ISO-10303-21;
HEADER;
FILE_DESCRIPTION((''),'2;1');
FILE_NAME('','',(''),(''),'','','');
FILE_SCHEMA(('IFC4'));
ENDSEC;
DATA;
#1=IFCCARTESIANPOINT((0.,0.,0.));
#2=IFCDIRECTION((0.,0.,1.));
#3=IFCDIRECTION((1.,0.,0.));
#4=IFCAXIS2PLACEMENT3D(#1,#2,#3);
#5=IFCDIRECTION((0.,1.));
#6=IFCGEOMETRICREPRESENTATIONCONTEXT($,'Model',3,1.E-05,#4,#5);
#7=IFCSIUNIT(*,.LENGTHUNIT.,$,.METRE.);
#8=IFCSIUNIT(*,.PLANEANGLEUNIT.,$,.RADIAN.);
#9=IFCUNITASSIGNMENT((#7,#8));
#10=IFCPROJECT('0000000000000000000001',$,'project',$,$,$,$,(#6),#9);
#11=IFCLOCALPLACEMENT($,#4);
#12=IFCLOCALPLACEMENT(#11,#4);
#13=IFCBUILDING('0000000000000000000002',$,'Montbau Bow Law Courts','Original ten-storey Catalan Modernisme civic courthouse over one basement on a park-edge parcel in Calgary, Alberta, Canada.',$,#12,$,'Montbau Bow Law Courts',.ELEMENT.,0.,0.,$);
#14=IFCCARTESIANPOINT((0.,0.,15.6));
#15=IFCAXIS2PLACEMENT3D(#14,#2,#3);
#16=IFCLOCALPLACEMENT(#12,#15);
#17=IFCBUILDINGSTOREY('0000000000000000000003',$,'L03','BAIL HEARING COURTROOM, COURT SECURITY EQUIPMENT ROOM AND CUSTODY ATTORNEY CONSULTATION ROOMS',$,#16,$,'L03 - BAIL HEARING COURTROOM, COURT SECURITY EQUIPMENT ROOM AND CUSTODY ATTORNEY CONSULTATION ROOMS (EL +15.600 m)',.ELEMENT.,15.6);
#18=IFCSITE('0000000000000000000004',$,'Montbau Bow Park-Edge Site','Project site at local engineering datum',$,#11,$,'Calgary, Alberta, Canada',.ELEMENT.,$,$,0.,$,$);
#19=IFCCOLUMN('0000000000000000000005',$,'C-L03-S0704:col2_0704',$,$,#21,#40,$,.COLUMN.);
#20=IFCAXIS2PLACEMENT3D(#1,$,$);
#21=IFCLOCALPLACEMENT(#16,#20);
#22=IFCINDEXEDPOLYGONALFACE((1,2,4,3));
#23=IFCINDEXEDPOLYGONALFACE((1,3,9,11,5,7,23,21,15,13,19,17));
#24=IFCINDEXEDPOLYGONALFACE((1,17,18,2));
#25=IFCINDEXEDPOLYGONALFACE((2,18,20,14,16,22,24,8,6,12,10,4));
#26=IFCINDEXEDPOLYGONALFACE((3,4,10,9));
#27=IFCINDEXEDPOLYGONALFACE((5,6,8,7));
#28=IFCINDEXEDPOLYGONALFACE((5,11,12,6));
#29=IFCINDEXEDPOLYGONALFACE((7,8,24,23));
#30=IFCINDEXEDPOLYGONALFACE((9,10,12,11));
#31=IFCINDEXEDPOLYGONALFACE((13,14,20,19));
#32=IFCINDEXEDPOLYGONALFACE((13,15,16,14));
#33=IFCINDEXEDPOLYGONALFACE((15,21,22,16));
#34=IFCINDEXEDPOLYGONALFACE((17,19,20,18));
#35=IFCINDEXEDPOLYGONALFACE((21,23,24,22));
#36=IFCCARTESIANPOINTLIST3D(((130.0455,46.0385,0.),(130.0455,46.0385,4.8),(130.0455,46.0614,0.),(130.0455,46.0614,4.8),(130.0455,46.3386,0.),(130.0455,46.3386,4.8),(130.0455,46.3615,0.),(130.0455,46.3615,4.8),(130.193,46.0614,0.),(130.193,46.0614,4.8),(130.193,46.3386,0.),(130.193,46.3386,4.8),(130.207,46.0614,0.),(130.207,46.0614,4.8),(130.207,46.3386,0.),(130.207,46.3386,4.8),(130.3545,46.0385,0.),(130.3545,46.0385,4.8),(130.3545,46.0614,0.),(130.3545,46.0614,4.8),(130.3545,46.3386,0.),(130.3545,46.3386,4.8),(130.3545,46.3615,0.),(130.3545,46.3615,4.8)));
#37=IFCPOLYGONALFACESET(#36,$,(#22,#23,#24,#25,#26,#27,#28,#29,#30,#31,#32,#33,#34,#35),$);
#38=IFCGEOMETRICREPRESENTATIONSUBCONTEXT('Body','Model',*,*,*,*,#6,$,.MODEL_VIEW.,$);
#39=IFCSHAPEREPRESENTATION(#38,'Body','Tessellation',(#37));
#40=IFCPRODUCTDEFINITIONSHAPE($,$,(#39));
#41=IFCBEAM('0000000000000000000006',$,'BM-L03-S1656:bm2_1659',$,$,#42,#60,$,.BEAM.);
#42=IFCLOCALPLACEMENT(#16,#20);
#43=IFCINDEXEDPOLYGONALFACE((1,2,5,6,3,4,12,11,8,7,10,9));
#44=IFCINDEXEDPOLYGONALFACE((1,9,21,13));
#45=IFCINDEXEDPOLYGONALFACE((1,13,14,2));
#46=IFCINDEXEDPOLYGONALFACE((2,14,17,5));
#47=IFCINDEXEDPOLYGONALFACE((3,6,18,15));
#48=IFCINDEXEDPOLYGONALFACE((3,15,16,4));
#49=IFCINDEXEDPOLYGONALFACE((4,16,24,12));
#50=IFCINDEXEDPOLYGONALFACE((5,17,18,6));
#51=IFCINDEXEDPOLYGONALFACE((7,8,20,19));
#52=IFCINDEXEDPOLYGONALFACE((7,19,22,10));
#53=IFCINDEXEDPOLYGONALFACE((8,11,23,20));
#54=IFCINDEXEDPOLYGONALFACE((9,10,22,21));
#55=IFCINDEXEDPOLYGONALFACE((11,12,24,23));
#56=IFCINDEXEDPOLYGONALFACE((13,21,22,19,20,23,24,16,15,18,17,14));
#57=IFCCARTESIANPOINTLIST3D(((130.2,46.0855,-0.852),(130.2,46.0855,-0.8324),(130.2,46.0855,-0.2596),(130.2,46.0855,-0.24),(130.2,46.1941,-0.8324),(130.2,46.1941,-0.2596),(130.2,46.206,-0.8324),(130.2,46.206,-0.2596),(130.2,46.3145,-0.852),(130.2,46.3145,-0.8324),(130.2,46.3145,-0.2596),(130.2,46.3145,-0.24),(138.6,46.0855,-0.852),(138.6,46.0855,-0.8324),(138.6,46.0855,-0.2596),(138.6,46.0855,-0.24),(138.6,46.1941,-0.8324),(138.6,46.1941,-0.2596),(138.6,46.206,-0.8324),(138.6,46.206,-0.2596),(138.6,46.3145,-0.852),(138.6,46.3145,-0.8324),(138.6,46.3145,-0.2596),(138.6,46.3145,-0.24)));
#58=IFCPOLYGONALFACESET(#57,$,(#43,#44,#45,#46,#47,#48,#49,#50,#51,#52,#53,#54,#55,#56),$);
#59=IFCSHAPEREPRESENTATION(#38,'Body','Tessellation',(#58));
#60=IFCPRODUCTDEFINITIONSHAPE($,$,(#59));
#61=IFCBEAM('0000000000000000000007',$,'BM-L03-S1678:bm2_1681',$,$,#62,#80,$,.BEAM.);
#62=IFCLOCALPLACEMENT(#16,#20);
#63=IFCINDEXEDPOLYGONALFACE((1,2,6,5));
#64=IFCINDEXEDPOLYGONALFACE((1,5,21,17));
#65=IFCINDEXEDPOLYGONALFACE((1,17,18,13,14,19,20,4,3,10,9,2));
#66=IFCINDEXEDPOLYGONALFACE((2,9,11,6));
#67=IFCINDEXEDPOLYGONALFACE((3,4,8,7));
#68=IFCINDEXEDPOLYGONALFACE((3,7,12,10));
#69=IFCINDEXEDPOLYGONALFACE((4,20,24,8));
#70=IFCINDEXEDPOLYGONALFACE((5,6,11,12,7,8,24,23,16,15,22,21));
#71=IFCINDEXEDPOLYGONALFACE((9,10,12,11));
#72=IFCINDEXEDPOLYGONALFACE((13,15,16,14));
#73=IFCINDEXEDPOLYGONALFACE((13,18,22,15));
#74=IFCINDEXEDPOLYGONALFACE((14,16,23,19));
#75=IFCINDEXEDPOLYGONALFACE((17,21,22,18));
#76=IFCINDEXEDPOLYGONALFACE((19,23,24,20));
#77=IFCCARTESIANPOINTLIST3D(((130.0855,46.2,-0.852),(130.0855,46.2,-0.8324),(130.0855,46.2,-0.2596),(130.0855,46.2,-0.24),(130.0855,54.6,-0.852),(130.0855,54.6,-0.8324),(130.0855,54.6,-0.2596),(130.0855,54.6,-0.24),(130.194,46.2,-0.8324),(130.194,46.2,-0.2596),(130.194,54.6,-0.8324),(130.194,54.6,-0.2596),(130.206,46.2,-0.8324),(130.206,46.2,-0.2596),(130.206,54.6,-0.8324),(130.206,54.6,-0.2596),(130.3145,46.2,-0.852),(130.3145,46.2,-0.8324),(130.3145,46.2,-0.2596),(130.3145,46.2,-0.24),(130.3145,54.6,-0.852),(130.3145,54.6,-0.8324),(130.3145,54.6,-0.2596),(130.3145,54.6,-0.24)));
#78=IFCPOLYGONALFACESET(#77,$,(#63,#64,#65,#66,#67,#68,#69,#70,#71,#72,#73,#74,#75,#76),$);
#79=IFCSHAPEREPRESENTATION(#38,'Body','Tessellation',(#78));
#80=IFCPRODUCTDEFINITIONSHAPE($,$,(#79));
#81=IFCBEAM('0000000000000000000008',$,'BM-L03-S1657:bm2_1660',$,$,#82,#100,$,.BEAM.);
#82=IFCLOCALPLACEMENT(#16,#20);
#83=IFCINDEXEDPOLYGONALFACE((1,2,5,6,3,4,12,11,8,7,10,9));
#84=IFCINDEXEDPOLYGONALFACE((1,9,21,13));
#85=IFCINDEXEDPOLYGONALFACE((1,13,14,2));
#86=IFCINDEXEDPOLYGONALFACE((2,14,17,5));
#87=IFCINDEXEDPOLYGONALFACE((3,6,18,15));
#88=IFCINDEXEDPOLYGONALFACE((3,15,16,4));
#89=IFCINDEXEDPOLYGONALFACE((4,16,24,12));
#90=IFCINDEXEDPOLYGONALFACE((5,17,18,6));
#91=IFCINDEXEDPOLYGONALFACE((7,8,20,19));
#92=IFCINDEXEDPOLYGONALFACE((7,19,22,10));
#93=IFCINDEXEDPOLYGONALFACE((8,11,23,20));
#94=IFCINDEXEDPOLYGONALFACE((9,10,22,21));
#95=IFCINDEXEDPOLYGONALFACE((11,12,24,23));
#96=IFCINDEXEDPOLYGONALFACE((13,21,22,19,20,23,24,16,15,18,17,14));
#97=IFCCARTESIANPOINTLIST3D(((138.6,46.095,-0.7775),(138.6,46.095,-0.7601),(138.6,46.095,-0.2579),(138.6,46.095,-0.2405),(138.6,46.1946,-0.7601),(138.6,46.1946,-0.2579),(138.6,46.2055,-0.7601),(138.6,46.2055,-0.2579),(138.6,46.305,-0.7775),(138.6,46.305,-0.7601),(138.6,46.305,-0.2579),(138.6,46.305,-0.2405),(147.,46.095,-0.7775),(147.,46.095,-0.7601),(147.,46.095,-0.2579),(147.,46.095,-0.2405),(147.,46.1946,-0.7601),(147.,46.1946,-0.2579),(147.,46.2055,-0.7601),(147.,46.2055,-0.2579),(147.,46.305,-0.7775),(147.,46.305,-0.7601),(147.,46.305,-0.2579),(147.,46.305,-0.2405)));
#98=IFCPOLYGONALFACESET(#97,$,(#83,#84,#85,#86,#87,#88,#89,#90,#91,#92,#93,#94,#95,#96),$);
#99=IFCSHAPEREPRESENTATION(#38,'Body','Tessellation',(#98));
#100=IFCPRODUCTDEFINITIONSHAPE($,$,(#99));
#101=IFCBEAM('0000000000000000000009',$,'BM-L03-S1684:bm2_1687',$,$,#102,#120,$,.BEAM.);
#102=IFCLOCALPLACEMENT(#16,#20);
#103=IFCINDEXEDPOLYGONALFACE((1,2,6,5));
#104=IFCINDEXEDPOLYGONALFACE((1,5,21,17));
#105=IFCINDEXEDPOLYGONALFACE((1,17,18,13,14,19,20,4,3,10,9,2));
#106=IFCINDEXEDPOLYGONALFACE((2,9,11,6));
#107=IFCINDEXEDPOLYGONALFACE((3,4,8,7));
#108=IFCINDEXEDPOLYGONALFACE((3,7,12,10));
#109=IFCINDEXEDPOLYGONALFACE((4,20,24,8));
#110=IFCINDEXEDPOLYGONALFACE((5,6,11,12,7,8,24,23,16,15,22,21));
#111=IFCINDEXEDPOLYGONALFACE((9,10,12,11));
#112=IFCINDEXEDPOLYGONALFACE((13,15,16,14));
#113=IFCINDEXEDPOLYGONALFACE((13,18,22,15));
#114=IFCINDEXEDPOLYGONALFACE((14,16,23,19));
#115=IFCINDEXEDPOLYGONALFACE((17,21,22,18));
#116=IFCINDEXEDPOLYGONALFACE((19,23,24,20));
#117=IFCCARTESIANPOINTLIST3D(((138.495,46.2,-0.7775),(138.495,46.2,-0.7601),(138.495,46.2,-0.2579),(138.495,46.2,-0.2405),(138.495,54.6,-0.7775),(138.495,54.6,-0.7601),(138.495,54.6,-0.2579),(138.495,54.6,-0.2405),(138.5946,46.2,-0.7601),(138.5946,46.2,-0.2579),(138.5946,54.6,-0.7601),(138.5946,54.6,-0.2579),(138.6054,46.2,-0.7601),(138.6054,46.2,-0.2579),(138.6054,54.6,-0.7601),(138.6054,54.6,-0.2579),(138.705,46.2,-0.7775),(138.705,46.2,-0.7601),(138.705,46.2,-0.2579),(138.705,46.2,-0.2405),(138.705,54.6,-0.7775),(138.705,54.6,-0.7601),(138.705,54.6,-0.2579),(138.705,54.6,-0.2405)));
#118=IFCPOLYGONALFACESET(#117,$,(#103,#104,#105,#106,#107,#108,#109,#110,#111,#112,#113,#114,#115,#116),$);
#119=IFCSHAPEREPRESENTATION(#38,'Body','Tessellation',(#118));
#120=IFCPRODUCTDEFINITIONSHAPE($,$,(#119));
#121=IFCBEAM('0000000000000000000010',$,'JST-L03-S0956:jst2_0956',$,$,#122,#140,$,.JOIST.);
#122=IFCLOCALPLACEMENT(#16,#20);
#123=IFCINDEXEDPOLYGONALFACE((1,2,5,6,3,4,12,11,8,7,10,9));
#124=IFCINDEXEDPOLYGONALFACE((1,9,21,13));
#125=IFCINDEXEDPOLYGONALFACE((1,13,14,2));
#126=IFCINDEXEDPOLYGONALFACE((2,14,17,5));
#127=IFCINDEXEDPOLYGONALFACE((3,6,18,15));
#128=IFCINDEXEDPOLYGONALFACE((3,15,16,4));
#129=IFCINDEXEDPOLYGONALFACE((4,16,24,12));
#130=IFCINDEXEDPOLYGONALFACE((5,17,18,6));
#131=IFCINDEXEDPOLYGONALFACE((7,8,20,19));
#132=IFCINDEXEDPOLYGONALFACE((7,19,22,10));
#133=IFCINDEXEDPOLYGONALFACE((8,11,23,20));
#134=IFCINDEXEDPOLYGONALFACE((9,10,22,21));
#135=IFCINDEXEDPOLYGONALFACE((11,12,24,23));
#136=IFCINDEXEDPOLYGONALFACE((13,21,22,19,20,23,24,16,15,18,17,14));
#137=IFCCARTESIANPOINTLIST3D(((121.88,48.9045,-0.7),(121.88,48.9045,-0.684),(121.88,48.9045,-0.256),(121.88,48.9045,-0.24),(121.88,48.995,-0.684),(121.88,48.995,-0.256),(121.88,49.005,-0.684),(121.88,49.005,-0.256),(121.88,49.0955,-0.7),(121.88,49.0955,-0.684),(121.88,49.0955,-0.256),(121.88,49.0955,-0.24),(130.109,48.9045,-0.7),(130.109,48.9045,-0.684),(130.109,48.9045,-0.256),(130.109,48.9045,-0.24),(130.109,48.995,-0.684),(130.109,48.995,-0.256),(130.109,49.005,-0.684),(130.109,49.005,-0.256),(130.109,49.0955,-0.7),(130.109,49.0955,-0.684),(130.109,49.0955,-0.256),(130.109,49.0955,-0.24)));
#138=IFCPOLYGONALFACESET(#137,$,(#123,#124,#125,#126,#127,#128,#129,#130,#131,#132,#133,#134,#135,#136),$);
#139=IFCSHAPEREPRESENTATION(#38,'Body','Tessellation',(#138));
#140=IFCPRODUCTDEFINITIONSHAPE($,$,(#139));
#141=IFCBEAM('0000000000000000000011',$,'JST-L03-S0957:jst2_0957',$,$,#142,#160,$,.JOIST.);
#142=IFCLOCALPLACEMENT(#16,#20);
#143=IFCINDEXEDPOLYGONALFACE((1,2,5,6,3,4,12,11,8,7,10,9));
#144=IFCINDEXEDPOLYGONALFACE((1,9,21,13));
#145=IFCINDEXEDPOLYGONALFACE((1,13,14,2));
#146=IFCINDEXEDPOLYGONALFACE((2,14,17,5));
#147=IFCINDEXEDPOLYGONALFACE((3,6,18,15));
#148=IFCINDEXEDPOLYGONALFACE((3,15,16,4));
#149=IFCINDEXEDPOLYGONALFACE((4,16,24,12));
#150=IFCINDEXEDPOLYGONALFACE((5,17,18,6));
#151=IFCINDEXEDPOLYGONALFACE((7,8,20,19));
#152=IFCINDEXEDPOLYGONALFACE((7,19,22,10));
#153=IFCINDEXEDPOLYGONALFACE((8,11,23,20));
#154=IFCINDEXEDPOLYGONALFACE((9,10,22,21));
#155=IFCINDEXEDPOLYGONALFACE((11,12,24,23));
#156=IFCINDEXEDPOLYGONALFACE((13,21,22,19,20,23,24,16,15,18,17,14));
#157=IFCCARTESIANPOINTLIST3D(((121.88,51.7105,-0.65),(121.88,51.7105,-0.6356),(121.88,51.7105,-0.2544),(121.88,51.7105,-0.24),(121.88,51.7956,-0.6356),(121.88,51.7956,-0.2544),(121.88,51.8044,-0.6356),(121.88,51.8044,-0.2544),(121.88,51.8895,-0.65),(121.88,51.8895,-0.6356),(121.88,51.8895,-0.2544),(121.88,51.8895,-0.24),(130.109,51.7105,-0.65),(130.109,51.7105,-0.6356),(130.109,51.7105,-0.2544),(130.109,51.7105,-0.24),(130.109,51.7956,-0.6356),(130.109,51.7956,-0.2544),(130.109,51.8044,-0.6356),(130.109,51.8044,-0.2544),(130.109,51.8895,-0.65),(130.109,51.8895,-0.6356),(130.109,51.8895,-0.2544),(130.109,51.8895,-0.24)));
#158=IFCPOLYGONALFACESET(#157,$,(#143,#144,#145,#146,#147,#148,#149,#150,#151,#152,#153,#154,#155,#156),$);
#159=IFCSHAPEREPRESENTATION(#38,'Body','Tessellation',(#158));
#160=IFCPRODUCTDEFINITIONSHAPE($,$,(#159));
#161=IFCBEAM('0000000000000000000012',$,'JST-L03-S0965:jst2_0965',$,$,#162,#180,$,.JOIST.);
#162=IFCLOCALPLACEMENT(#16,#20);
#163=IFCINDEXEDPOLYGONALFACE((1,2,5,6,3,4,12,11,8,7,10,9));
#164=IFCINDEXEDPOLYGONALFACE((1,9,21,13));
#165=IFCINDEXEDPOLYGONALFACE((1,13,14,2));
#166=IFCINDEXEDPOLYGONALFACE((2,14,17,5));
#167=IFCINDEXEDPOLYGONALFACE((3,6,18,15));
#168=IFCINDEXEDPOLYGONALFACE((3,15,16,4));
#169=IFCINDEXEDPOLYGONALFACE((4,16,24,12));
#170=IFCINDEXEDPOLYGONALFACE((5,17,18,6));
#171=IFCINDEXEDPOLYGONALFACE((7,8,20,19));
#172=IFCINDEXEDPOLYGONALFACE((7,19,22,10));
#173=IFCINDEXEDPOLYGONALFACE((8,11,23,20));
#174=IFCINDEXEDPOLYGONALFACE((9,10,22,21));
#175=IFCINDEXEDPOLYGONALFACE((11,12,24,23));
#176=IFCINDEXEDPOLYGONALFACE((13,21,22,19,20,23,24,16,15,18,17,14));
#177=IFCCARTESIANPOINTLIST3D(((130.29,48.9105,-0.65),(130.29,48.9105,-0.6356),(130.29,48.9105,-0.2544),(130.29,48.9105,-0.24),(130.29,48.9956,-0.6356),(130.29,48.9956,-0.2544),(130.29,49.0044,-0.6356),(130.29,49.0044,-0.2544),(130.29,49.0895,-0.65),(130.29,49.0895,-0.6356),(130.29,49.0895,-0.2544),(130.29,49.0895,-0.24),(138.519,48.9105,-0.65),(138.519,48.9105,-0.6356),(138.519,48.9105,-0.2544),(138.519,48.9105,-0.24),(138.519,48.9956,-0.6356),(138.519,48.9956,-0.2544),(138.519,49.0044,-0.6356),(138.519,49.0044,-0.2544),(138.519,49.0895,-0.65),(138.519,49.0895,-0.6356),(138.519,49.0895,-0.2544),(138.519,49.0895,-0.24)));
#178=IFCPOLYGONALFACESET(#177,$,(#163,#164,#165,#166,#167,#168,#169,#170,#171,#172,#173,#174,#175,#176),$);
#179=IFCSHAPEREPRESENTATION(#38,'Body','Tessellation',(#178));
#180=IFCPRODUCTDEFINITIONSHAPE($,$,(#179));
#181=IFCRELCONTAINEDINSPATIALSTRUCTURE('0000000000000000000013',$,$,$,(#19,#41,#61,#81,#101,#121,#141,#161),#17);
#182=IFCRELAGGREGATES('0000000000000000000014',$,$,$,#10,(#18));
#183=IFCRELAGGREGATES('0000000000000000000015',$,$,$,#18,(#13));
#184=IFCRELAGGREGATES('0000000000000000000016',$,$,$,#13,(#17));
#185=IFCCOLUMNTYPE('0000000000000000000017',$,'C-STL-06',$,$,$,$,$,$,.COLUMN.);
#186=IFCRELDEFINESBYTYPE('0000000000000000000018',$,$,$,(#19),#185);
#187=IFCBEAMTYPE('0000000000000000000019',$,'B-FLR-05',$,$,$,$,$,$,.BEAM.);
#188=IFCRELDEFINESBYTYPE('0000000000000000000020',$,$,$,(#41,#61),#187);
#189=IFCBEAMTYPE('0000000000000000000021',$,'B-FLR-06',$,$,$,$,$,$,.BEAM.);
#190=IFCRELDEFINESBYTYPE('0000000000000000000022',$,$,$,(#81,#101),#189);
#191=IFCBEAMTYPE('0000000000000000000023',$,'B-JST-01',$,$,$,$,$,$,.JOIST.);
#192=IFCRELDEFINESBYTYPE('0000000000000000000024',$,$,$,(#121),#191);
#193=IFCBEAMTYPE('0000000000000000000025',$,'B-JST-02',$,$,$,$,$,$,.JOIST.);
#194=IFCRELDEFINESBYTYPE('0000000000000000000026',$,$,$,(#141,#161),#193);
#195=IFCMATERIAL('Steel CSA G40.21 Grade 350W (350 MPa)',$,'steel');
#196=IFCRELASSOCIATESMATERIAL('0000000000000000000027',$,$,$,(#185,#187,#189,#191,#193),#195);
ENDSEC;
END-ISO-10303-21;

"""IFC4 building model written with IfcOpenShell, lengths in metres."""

from ifc_helpers import new_model, si_unit, direction, frame, origin_with_axes, origin_2d_with_axis, place, context, subcontext, project, spatial, i_section, extrude, material, material_profile, profile_set, type_object, element, save


model = new_model("IFC4")

# Units and contexts
model_context = context("Model", 3, precision=1e-05, world=origin_with_axes(), true_north=direction((0.0, 1.0)))
body_context = subcontext(model_context, "Body", "Model", "MODEL_VIEW")
ifc_project = project(units=[si_unit("LENGTHUNIT", "METRE"), si_unit("PLANEANGLEUNIT", "RADIAN")], contexts=[model_context])

# Site, building, storey
site_placement = place(None, origin_with_axes())
site = spatial("IfcSite", under=ifc_project, at=site_placement, Name="Montbau Bow Park-Edge Site", Description="Project site at local engineering datum", LongName="Calgary, Alberta, Canada", CompositionType="ELEMENT", RefElevation=0.0)
building_placement = place(site_placement, origin_with_axes())
building = spatial("IfcBuilding", under=site, at=building_placement, Name="Montbau Bow Law Courts", Description="Original ten-storey Catalan Modernisme civic courthouse over one basement on a park-edge parcel in Calgary, Alberta, Canada.", LongName="Montbau Bow Law Courts", CompositionType="ELEMENT", ElevationOfRefHeight=0.0, ElevationOfTerrain=0.0)
storey_placement = place(building_placement, frame((0.0, 0.0, 15.6), z_axis=(0.0, 0.0, 1.0), x_axis=(1.0, 0.0, 0.0)))
storey = spatial("IfcBuildingStorey", under=building, at=storey_placement, Name="L03", Description="BAIL HEARING COURTROOM, COURT SECURITY EQUIPMENT ROOM AND CUSTODY ATTORNEY CONSULTATION ROOMS", LongName="L03 - BAIL HEARING COURTROOM, COURT SECURITY EQUIPMENT ROOM AND CUSTODY ATTORNEY CONSULTATION ROOMS (EL +15.600 m)", CompositionType="ELEMENT", Elevation=15.6)

# Column
ifc_material_1 = material(Name="Steel CSA G40.21 Grade 350W (350 MPa)", Category="steel")
ifc_material_profile_1 = material_profile(ifc_material_1, i_section(OverallWidth=0.309, OverallDepth=0.323, WebThickness=0.014, FlangeThickness=0.0229, at=origin_2d_with_axis()), Name="W310X143", Category="Main", Priority=0)
ifc_profile_set_1 = profile_set([ifc_material_profile_1], Name="Steel CSA G40.21 Grade 350W (350 MPa)")
column_type_1 = type_object("IfcColumnType", Name="C-STL-06", PredefinedType="COLUMN", material=ifc_profile_set_1)
column_1_placement = place(None, frame((130.2, 46.2, 15.6), z_axis=(0.0, 0.0, 1.0), x_axis=(1.0, 0.0, 0.0)))
element("IfcColumn", 1, at=column_1_placement, inside=storey, type_object=column_type_1, Name="C-L03-S0704:col2_0704", PredefinedType="COLUMN", context=body_context, shape_type="SweptSolid", body=[
    extrude(i_section(OverallWidth=0.309, OverallDepth=0.323, WebThickness=0.014, FlangeThickness=0.0229, at=origin_2d_with_axis()), origin_with_axes(), (0.0, 0.0, 1.0), 4.8),
])

# Beams
ifc_material_profile_2 = material_profile(ifc_material_1, i_section(OverallWidth=0.229, OverallDepth=0.612, WebThickness=0.0119, FlangeThickness=0.0196, at=origin_2d_with_axis()), Name="W610X125", Category="Main", Priority=0)
ifc_profile_set_2 = profile_set([ifc_material_profile_2], Name="Steel CSA G40.21 Grade 350W (350 MPa)")
beam_type_1 = type_object("IfcBeamType", Name="B-FLR-05", PredefinedType="BEAM", material=ifc_profile_set_2)
for number, where, z_axis, x_axis, name in (
    (2, (130.2, 46.2, 15.054), (1.0, 0.0, 0.0), (0.0, 1.0, 0.0), "BM-L03-S1656:bm2_1659"),
    (3, (130.2, 46.2, 15.054), (0.0, 1.0, 0.0), (-1.0, 0.0, 0.0), "BM-L03-S1678:bm2_1681"),
):
    element("IfcBeam", number, at=place(None, frame(where, z_axis=z_axis, x_axis=x_axis)), inside=storey, type_object=beam_type_1, Name=name, PredefinedType="BEAM", context=body_context, shape_type="SweptSolid", body=[
        extrude(i_section(OverallWidth=0.229, OverallDepth=0.612, WebThickness=0.0119, FlangeThickness=0.0196, at=origin_2d_with_axis()), origin_with_axes(), (0.0, 0.0, 1.0), 8.4),
    ])
ifc_material_profile_3 = material_profile(ifc_material_1, i_section(OverallWidth=0.21, OverallDepth=0.537, WebThickness=0.0109, FlangeThickness=0.0174, at=origin_2d_with_axis()), Name="W530X101", Category="Main", Priority=0)
ifc_profile_set_3 = profile_set([ifc_material_profile_3], Name="Steel CSA G40.21 Grade 350W (350 MPa)")
beam_type_2 = type_object("IfcBeamType", Name="B-FLR-06", PredefinedType="BEAM", material=ifc_profile_set_3)
for number, where, z_axis, x_axis, name in (
    (4, (138.6, 46.2, 15.091), (1.0, 0.0, 0.0), (0.0, 1.0, 0.0), "BM-L03-S1657:bm2_1660"),
    (5, (138.6, 46.2, 15.091), (0.0, 1.0, 0.0), (-1.0, 0.0, 0.0), "BM-L03-S1684:bm2_1687"),
):
    element("IfcBeam", number, at=place(None, frame(where, z_axis=z_axis, x_axis=x_axis)), inside=storey, type_object=beam_type_2, Name=name, PredefinedType="BEAM", context=body_context, shape_type="SweptSolid", body=[
        extrude(i_section(OverallWidth=0.21, OverallDepth=0.537, WebThickness=0.0109, FlangeThickness=0.0174, at=origin_2d_with_axis()), origin_with_axes(), (0.0, 0.0, 1.0), 8.4),
    ])
ifc_material_profile_4 = material_profile(ifc_material_1, i_section(OverallWidth=0.191, OverallDepth=0.46, WebThickness=0.0099, FlangeThickness=0.016, at=origin_2d_with_axis()), Name="W460X82", Category="Main", Priority=0)
ifc_profile_set_4 = profile_set([ifc_material_profile_4], Name="Steel CSA G40.21 Grade 350W (350 MPa)")
beam_type_3 = type_object("IfcBeamType", Name="B-JST-01", PredefinedType="JOIST", material=ifc_profile_set_4)
beam_1_placement = place(None, frame((121.88, 49.0, 15.13), z_axis=(1.0, 0.0, 0.0), x_axis=(0.0, 1.0, 0.0)))
element("IfcBeam", 6, at=beam_1_placement, inside=storey, type_object=beam_type_3, Name="JST-L03-S0956:jst2_0956", PredefinedType="JOIST", context=body_context, shape_type="SweptSolid", body=[
    extrude(i_section(OverallWidth=0.191, OverallDepth=0.46, WebThickness=0.0099, FlangeThickness=0.016, at=origin_2d_with_axis()), origin_with_axes(), (0.0, 0.0, 1.0), 8.229),
])
ifc_material_profile_5 = material_profile(ifc_material_1, i_section(OverallWidth=0.179, OverallDepth=0.41, WebThickness=0.0088, FlangeThickness=0.0144, at=origin_2d_with_axis()), Name="W410X67", Category="Main", Priority=0)
ifc_profile_set_5 = profile_set([ifc_material_profile_5], Name="Steel CSA G40.21 Grade 350W (350 MPa)")
beam_type_4 = type_object("IfcBeamType", Name="B-JST-02", PredefinedType="JOIST", material=ifc_profile_set_5)
for number, where, z_axis, x_axis, name in (
    (7, (121.88, 51.8, 15.155), (1.0, 0.0, 0.0), (0.0, 1.0, 0.0), "JST-L03-S0957:jst2_0957"),
    (8, (130.29, 49.0, 15.155), (1.0, 0.0, 0.0), (0.0, 1.0, 0.0), "JST-L03-S0965:jst2_0965"),
):
    element("IfcBeam", number, at=place(None, frame(where, z_axis=z_axis, x_axis=x_axis)), inside=storey, type_object=beam_type_4, Name=name, PredefinedType="JOIST", context=body_context, shape_type="SweptSolid", body=[
        extrude(i_section(OverallWidth=0.179, OverallDepth=0.41, WebThickness=0.0088, FlangeThickness=0.0144, at=origin_2d_with_axis()), origin_with_axes(), (0.0, 0.0, 1.0), 8.229),
    ])

save(model, "model.ifc")
